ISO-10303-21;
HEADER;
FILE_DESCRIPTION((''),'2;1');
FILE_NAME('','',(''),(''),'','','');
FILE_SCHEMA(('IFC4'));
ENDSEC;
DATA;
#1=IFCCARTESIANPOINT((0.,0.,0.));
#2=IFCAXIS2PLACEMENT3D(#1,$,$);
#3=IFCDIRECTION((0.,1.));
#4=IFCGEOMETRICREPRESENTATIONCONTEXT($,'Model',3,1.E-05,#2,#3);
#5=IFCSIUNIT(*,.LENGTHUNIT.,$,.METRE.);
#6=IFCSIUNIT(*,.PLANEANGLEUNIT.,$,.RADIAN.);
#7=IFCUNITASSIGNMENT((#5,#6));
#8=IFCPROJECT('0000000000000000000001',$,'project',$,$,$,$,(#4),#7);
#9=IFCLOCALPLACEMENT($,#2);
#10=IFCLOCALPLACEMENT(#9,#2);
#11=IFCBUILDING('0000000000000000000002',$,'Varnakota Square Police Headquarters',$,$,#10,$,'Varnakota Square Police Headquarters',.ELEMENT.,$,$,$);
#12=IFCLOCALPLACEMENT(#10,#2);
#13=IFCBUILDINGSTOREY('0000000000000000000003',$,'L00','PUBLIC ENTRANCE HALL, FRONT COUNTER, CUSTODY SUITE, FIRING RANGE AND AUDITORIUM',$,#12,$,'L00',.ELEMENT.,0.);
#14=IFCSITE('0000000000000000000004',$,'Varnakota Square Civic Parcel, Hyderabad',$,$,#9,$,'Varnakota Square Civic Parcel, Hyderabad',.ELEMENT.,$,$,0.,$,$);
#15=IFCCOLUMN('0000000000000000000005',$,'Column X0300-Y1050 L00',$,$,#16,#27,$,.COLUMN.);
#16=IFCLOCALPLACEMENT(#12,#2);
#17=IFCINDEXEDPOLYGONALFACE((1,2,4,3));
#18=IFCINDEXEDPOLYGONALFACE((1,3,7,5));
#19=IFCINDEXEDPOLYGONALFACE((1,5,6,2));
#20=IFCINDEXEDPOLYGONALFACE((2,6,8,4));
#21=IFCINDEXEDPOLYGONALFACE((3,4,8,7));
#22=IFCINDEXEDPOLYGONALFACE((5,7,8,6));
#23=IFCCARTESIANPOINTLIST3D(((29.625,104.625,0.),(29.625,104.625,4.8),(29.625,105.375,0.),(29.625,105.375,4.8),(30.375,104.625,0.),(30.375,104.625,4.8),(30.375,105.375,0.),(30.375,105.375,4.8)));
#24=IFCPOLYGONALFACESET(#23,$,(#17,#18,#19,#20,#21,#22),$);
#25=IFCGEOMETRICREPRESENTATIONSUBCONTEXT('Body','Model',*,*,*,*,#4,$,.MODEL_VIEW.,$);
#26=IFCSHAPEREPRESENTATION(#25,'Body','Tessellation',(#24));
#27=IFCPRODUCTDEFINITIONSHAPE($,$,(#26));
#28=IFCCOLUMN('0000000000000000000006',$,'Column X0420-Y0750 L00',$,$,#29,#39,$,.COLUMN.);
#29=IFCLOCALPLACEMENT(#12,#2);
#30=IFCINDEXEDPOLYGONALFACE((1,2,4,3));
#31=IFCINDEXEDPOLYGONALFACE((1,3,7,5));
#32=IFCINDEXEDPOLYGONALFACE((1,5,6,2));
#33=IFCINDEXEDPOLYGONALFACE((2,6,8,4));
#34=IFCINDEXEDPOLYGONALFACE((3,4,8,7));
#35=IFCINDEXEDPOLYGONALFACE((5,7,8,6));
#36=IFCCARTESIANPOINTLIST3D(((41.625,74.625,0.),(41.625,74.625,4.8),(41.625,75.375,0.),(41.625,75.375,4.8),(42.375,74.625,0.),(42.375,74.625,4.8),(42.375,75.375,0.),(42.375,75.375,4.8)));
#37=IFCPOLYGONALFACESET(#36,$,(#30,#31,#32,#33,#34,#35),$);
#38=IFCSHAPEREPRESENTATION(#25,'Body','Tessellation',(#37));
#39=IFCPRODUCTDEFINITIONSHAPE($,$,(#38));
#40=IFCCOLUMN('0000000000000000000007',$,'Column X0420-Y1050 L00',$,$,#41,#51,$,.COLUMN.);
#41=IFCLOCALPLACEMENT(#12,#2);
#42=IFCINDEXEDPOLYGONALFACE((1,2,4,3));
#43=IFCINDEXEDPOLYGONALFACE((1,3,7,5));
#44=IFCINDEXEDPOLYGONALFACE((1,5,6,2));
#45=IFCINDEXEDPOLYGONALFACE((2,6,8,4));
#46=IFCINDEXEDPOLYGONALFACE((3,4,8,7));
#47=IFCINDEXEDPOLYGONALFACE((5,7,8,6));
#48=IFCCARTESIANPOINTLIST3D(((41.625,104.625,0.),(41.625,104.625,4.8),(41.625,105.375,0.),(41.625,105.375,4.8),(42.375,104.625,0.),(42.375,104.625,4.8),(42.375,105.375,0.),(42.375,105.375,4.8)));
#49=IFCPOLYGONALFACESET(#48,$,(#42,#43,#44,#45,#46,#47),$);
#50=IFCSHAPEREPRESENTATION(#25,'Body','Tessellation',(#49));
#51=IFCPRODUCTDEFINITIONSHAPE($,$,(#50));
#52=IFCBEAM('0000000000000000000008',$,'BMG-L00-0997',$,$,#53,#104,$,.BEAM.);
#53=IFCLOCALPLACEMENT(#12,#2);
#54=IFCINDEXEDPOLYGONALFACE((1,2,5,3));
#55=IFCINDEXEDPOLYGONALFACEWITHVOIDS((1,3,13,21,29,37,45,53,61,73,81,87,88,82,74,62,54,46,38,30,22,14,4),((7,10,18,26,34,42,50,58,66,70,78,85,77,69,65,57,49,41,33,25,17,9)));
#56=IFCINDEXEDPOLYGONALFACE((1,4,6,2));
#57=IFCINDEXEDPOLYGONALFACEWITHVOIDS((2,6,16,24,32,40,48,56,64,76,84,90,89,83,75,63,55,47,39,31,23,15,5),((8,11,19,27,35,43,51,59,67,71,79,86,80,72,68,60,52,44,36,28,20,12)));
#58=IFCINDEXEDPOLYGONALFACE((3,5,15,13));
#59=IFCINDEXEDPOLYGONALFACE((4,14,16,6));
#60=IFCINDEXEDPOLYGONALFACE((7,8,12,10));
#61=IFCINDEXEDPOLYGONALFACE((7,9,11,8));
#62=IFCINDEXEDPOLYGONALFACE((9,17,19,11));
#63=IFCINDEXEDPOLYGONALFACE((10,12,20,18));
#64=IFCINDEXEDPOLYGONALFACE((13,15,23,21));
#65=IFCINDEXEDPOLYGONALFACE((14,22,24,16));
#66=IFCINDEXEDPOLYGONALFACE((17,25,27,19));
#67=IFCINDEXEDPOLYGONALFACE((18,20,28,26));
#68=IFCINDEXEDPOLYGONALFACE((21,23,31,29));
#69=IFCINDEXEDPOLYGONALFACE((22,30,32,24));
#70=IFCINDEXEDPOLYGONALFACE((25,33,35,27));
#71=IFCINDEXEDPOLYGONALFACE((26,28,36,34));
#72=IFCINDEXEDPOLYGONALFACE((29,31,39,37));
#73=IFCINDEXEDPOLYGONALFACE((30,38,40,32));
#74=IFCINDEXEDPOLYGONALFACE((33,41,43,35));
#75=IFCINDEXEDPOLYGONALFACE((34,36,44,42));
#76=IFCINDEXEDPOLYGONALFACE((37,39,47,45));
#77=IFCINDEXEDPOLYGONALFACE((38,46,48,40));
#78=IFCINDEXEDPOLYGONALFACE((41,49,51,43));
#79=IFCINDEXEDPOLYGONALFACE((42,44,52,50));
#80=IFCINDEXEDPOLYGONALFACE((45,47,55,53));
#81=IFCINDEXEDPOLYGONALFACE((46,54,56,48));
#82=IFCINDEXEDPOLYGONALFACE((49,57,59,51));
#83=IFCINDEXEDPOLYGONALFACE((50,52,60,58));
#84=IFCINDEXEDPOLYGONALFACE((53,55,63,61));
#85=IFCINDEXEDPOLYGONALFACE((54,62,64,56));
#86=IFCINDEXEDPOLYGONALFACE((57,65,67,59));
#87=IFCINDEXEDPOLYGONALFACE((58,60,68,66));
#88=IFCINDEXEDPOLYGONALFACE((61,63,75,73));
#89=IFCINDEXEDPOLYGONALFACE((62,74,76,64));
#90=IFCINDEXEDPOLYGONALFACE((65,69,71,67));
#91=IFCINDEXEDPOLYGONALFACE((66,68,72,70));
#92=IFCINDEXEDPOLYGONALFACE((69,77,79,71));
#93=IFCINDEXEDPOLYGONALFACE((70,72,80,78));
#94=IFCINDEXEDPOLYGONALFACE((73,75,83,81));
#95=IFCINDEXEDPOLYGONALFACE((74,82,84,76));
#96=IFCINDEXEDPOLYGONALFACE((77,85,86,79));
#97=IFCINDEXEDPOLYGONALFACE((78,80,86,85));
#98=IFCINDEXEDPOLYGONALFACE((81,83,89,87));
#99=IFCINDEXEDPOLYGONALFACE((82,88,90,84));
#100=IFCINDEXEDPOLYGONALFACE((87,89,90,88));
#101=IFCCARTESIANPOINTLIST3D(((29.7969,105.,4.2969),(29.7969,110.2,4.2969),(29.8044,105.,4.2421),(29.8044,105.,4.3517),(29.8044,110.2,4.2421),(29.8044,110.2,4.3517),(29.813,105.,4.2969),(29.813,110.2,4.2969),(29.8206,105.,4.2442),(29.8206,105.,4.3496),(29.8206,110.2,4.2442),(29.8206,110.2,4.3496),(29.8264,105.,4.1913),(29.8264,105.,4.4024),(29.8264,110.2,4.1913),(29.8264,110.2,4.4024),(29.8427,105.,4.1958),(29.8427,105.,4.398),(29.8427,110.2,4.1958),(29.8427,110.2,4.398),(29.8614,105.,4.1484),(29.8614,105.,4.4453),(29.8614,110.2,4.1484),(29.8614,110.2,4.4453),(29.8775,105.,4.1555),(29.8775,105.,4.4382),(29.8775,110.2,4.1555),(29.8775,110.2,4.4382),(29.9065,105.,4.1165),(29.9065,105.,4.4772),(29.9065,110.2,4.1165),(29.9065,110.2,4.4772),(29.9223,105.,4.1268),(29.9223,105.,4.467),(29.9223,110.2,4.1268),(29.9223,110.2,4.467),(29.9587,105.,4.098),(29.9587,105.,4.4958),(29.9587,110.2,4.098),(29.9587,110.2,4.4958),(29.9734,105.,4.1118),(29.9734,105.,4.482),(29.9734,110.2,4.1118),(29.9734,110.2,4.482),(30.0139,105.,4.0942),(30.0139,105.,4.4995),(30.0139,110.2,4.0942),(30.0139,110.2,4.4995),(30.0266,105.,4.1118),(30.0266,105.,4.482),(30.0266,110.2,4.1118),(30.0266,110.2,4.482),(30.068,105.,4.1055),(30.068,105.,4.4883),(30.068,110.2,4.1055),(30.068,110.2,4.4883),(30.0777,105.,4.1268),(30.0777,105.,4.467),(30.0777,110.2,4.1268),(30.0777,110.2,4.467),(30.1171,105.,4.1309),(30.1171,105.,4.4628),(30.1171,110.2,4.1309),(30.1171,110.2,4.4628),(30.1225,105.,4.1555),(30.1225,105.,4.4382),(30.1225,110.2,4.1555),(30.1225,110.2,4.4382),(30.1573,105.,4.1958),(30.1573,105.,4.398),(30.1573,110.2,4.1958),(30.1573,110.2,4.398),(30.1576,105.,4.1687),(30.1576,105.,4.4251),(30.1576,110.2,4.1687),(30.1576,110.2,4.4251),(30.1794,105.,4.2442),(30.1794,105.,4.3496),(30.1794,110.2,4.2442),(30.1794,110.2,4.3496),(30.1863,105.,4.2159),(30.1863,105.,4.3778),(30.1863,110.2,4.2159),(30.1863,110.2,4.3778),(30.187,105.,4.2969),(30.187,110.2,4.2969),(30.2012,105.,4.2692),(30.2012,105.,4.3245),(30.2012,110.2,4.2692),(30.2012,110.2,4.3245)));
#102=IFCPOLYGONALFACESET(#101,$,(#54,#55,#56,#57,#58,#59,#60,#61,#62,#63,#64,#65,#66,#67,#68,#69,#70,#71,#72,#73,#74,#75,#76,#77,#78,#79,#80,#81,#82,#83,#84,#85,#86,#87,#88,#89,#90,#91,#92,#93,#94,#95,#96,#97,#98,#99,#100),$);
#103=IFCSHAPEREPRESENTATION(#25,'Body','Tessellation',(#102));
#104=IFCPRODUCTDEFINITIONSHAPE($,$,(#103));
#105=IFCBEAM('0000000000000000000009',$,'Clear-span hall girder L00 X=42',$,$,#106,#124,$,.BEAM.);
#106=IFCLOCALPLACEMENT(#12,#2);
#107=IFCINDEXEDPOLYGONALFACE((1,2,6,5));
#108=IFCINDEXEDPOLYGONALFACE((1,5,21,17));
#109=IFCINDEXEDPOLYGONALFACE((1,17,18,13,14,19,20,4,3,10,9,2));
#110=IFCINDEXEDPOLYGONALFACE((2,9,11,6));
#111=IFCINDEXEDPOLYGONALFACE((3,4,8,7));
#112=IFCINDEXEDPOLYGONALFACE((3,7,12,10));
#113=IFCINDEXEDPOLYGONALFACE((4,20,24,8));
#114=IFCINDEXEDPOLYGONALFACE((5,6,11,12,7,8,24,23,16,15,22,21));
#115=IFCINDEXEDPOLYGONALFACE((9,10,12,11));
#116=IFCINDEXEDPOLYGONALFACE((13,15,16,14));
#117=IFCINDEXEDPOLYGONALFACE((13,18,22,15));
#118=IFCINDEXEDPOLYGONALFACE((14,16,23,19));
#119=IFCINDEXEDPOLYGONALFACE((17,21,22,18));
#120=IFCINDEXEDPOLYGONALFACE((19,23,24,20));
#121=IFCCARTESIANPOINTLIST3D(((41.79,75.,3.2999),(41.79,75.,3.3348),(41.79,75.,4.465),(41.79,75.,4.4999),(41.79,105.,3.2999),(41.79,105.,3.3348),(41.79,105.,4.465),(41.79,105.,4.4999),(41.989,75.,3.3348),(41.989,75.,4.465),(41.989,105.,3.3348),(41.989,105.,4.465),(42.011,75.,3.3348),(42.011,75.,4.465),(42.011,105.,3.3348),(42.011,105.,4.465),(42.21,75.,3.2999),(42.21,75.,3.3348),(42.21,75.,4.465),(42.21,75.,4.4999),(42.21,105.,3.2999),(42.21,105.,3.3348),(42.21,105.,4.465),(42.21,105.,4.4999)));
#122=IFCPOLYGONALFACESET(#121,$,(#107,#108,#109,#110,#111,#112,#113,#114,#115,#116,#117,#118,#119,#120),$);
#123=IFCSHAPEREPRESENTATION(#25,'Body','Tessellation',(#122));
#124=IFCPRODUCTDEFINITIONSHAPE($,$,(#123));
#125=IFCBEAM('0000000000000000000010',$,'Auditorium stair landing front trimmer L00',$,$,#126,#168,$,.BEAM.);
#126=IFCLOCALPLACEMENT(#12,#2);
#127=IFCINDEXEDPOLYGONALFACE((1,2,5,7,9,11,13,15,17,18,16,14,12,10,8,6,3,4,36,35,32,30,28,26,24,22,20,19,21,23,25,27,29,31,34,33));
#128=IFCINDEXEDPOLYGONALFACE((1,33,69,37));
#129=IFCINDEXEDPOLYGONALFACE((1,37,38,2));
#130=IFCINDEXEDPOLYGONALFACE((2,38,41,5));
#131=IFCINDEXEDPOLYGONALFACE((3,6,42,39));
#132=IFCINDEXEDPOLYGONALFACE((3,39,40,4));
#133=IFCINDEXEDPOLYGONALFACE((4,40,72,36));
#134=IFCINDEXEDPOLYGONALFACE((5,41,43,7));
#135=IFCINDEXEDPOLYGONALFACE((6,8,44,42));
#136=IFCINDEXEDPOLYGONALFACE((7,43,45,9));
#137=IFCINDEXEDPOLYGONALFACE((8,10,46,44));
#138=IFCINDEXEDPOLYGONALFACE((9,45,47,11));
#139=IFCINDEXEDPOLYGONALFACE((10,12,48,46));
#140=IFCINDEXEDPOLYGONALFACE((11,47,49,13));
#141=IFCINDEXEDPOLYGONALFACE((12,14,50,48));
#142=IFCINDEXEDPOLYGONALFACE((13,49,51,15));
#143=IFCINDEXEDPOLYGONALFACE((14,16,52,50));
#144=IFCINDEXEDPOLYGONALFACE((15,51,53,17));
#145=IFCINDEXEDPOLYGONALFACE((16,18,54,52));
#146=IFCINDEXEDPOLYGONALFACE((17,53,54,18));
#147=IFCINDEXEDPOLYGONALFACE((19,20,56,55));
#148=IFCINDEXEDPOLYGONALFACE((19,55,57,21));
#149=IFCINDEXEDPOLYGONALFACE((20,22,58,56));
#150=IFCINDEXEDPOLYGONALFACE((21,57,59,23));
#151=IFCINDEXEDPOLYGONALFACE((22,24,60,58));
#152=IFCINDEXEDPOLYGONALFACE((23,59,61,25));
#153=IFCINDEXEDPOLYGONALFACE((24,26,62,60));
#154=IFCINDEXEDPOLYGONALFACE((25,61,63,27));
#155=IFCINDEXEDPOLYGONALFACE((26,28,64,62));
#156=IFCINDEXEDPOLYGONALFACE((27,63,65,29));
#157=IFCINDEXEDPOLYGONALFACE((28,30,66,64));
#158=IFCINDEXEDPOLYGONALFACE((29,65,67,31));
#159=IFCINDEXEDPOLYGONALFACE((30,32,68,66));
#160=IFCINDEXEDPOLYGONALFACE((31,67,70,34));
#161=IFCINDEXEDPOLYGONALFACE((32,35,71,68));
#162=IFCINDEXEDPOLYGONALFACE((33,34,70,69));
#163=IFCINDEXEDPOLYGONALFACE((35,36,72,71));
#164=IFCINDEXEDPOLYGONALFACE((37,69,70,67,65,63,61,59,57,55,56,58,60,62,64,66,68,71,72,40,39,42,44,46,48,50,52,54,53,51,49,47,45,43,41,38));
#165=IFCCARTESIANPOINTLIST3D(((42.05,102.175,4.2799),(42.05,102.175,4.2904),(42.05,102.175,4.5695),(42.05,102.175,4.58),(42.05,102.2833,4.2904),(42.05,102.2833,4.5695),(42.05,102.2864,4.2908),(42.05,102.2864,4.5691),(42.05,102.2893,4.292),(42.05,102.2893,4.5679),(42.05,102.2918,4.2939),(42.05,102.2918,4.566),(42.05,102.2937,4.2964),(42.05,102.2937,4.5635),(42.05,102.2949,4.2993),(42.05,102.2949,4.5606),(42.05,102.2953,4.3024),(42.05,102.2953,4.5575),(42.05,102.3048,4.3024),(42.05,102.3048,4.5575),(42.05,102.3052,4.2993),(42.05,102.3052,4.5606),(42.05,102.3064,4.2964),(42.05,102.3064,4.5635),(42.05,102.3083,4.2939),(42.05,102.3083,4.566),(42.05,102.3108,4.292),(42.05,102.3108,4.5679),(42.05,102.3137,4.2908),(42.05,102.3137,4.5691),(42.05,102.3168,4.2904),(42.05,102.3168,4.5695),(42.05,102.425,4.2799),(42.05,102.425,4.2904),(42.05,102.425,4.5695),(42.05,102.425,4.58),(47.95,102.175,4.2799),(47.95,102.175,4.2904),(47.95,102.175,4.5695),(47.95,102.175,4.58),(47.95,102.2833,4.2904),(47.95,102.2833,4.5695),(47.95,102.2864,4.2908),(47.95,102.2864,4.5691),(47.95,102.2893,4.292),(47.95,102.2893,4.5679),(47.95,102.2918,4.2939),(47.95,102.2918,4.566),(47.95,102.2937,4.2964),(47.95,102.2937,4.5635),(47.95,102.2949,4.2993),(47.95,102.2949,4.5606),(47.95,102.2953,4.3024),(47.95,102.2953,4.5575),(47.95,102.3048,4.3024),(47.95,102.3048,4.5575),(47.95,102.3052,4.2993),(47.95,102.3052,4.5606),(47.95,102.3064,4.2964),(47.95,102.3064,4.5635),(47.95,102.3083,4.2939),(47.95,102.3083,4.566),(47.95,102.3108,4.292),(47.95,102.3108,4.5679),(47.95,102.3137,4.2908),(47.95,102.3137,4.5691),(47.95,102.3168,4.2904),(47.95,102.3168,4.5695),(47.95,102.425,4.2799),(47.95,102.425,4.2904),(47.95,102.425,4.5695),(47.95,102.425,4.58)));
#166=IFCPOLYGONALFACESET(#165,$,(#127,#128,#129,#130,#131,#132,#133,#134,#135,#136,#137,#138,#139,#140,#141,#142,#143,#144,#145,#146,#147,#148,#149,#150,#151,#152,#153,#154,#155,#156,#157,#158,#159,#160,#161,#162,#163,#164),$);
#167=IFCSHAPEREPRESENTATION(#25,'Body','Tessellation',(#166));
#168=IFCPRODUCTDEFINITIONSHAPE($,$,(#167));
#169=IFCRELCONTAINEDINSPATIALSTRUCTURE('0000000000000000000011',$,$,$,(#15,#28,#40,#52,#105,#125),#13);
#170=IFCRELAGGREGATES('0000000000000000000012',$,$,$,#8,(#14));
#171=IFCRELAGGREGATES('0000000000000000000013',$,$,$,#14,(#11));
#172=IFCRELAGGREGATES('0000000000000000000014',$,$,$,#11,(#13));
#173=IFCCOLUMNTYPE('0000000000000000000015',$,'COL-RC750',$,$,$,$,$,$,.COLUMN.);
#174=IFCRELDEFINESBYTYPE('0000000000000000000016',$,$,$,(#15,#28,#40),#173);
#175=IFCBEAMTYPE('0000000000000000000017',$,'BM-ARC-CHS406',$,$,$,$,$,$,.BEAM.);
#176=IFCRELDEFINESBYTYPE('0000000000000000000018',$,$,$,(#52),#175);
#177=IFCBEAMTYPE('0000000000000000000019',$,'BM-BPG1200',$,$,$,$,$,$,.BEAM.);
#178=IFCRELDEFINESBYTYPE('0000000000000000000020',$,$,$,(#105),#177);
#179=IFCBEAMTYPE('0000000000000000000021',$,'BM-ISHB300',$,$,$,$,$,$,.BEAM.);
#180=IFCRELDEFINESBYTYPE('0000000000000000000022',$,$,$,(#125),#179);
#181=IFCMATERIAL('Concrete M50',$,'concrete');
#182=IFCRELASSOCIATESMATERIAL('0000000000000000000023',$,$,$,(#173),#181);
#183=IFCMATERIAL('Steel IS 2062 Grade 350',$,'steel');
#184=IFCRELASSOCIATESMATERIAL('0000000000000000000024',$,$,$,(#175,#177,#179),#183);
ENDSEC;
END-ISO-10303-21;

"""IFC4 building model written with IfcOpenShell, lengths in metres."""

from ifc_helpers import new_model, si_unit, direction, frame, origin, origin_2d, place, context, subcontext, project, spatial, rectangle, hollow_circle, i_section, extrude, material, material_profile, profile_set, type_object, element, save


model = new_model("IFC4")

# Units and contexts
model_context = context("Model", 3, precision=1e-05, world=origin(), true_north=direction((0.0, 1.0)))
body_context = subcontext(model_context, "Body", "Model", "MODEL_VIEW")
ifc_project = project(units=[si_unit("LENGTHUNIT", "METRE"), si_unit("PLANEANGLEUNIT", "RADIAN")], contexts=[model_context])

# Site, building, storey
site_placement = place(None, origin())
site = spatial("IfcSite", under=ifc_project, at=site_placement, Name="Varnakota Square Civic Parcel, Hyderabad", LongName="Varnakota Square Civic Parcel, Hyderabad", CompositionType="ELEMENT", RefElevation=0.0)
building_placement = place(site_placement, origin())
building = spatial("IfcBuilding", under=site, at=building_placement, Name="Varnakota Square Police Headquarters", LongName="Varnakota Square Police Headquarters", CompositionType="ELEMENT")
storey_placement = place(building_placement, origin())
storey = spatial("IfcBuildingStorey", under=building, at=storey_placement, Name="L00", Description="PUBLIC ENTRANCE HALL, FRONT COUNTER, CUSTODY SUITE, FIRING RANGE AND AUDITORIUM", LongName="L00", CompositionType="ELEMENT", Elevation=0.0)

# Columns
ifc_material_1 = material(Name="Concrete M50", Category="concrete")
ifc_material_profile_1 = material_profile(ifc_material_1, rectangle(XDim=0.75, YDim=0.75, at=origin_2d()), Name="RC 750x750")
ifc_profile_set_1 = profile_set([ifc_material_profile_1], Name="Concrete M50")
column_type = type_object("IfcColumnType", Name="COL-RC750", PredefinedType="COLUMN", material=ifc_profile_set_1)
for number, where, z_axis, x_axis, name in (
    (1, (30.0, 105.0, 0.0), (0.0, 0.0, 1.0), (1.0, 0.0, 0.0), "Column X0300-Y1050 L00"),
    (2, (42.0, 75.0, 0.0), (0.0, 0.0, 1.0), (1.0, 0.0, 0.0), "Column X0420-Y0750 L00"),
    (3, (42.0, 105.0, 0.0), (0.0, 0.0, 1.0), (1.0, 0.0, 0.0), "Column X0420-Y1050 L00"),
):
    element("IfcColumn", number, at=place(storey_placement, frame(where, z_axis=z_axis, x_axis=x_axis)), inside=storey, type_object=column_type, Name=name, PredefinedType="COLUMN", context=body_context, shape_type="SweptSolid", body=[
        extrude(rectangle(XDim=0.75, YDim=0.75, at=origin_2d()), origin(), (0.0, 0.0, 1.0), 4.8),
    ])

# Beams
ifc_material_2 = material(Name="Steel IS 2062 Grade 350", Category="steel")
ifc_material_profile_2 = material_profile(ifc_material_2, hollow_circle(Radius=0.2031, WallThickness=0.0161, at=origin_2d()), Name="CHS 406.4x16.0")
ifc_profile_set_2 = profile_set([ifc_material_profile_2], Name="Steel IS 2062 Grade 350")
beam_type_1 = type_object("IfcBeamType", Name="BM-ARC-CHS406", PredefinedType="BEAM", material=ifc_profile_set_2)
beam_1_placement = place(storey_placement, frame((30.0, 105.0, 4.2969), z_axis=(0.0, 1.0, 0.0), x_axis=(-1.0, 0.0, 0.0)))
element("IfcBeam", 4, at=beam_1_placement, inside=storey, type_object=beam_type_1, Name="BMG-L00-0997", PredefinedType="BEAM", context=body_context, shape_type="SweptSolid", body=[
    extrude(hollow_circle(Radius=0.2031, WallThickness=0.0161, at=origin_2d()), origin(), (0.0, 0.0, 1.0), 5.2),
])
ifc_material_profile_3 = material_profile(ifc_material_2, i_section(OverallWidth=0.4199, OverallDepth=1.2, WebThickness=0.022, FlangeThickness=0.0349, at=origin_2d()), Name="BPG 1200x420")
ifc_profile_set_3 = profile_set([ifc_material_profile_3], Name="Steel IS 2062 Grade 350")
beam_type_2 = type_object("IfcBeamType", Name="BM-BPG1200", PredefinedType="BEAM", material=ifc_profile_set_3)
beam_2_placement = place(storey_placement, frame((42.0, 75.0, 3.8999), z_axis=(0.0, 1.0, 0.0), x_axis=(-1.0, 0.0, 0.0)))
element("IfcBeam", 5, at=beam_2_placement, inside=storey, type_object=beam_type_2, Name="Clear-span hall girder L00 X=42", PredefinedType="BEAM", context=body_context, shape_type="SweptSolid", body=[
    extrude(i_section(OverallWidth=0.4199, OverallDepth=1.2, WebThickness=0.022, FlangeThickness=0.0349, at=origin_2d()), origin(), (0.0, 0.0, 1.0), 30.0),
])
ifc_material_profile_4 = material_profile(ifc_material_2, i_section(OverallWidth=0.25, OverallDepth=0.3, WebThickness=0.0095, FlangeThickness=0.0105, FilletRadius=0.012, at=origin_2d()), Name="ISHB 300")
ifc_profile_set_4 = profile_set([ifc_material_profile_4], Name="Steel IS 2062 Grade 350")
beam_type_3 = type_object("IfcBeamType", Name="BM-ISHB300", PredefinedType="BEAM", material=ifc_profile_set_4)
for number, where, z_axis, x_axis, name in (
    (6, (42.05, 102.3, 4.4299), (1.0, 0.0, 0.0), (0.0, 1.0, 0.0), "Auditorium stair landing front trimmer L00"),
):
    element("IfcBeam", number, at=place(storey_placement, frame(where, z_axis=z_axis, x_axis=x_axis)), inside=storey, type_object=beam_type_3, Name=name, PredefinedType="BEAM", context=body_context, shape_type="SweptSolid", body=[
        extrude(i_section(OverallWidth=0.25, OverallDepth=0.3, WebThickness=0.0095, FlangeThickness=0.0105, FilletRadius=0.012, at=origin_2d()), origin(), (0.0, 0.0, 1.0), 5.8999),
    ])

save(model, "model.ifc")
